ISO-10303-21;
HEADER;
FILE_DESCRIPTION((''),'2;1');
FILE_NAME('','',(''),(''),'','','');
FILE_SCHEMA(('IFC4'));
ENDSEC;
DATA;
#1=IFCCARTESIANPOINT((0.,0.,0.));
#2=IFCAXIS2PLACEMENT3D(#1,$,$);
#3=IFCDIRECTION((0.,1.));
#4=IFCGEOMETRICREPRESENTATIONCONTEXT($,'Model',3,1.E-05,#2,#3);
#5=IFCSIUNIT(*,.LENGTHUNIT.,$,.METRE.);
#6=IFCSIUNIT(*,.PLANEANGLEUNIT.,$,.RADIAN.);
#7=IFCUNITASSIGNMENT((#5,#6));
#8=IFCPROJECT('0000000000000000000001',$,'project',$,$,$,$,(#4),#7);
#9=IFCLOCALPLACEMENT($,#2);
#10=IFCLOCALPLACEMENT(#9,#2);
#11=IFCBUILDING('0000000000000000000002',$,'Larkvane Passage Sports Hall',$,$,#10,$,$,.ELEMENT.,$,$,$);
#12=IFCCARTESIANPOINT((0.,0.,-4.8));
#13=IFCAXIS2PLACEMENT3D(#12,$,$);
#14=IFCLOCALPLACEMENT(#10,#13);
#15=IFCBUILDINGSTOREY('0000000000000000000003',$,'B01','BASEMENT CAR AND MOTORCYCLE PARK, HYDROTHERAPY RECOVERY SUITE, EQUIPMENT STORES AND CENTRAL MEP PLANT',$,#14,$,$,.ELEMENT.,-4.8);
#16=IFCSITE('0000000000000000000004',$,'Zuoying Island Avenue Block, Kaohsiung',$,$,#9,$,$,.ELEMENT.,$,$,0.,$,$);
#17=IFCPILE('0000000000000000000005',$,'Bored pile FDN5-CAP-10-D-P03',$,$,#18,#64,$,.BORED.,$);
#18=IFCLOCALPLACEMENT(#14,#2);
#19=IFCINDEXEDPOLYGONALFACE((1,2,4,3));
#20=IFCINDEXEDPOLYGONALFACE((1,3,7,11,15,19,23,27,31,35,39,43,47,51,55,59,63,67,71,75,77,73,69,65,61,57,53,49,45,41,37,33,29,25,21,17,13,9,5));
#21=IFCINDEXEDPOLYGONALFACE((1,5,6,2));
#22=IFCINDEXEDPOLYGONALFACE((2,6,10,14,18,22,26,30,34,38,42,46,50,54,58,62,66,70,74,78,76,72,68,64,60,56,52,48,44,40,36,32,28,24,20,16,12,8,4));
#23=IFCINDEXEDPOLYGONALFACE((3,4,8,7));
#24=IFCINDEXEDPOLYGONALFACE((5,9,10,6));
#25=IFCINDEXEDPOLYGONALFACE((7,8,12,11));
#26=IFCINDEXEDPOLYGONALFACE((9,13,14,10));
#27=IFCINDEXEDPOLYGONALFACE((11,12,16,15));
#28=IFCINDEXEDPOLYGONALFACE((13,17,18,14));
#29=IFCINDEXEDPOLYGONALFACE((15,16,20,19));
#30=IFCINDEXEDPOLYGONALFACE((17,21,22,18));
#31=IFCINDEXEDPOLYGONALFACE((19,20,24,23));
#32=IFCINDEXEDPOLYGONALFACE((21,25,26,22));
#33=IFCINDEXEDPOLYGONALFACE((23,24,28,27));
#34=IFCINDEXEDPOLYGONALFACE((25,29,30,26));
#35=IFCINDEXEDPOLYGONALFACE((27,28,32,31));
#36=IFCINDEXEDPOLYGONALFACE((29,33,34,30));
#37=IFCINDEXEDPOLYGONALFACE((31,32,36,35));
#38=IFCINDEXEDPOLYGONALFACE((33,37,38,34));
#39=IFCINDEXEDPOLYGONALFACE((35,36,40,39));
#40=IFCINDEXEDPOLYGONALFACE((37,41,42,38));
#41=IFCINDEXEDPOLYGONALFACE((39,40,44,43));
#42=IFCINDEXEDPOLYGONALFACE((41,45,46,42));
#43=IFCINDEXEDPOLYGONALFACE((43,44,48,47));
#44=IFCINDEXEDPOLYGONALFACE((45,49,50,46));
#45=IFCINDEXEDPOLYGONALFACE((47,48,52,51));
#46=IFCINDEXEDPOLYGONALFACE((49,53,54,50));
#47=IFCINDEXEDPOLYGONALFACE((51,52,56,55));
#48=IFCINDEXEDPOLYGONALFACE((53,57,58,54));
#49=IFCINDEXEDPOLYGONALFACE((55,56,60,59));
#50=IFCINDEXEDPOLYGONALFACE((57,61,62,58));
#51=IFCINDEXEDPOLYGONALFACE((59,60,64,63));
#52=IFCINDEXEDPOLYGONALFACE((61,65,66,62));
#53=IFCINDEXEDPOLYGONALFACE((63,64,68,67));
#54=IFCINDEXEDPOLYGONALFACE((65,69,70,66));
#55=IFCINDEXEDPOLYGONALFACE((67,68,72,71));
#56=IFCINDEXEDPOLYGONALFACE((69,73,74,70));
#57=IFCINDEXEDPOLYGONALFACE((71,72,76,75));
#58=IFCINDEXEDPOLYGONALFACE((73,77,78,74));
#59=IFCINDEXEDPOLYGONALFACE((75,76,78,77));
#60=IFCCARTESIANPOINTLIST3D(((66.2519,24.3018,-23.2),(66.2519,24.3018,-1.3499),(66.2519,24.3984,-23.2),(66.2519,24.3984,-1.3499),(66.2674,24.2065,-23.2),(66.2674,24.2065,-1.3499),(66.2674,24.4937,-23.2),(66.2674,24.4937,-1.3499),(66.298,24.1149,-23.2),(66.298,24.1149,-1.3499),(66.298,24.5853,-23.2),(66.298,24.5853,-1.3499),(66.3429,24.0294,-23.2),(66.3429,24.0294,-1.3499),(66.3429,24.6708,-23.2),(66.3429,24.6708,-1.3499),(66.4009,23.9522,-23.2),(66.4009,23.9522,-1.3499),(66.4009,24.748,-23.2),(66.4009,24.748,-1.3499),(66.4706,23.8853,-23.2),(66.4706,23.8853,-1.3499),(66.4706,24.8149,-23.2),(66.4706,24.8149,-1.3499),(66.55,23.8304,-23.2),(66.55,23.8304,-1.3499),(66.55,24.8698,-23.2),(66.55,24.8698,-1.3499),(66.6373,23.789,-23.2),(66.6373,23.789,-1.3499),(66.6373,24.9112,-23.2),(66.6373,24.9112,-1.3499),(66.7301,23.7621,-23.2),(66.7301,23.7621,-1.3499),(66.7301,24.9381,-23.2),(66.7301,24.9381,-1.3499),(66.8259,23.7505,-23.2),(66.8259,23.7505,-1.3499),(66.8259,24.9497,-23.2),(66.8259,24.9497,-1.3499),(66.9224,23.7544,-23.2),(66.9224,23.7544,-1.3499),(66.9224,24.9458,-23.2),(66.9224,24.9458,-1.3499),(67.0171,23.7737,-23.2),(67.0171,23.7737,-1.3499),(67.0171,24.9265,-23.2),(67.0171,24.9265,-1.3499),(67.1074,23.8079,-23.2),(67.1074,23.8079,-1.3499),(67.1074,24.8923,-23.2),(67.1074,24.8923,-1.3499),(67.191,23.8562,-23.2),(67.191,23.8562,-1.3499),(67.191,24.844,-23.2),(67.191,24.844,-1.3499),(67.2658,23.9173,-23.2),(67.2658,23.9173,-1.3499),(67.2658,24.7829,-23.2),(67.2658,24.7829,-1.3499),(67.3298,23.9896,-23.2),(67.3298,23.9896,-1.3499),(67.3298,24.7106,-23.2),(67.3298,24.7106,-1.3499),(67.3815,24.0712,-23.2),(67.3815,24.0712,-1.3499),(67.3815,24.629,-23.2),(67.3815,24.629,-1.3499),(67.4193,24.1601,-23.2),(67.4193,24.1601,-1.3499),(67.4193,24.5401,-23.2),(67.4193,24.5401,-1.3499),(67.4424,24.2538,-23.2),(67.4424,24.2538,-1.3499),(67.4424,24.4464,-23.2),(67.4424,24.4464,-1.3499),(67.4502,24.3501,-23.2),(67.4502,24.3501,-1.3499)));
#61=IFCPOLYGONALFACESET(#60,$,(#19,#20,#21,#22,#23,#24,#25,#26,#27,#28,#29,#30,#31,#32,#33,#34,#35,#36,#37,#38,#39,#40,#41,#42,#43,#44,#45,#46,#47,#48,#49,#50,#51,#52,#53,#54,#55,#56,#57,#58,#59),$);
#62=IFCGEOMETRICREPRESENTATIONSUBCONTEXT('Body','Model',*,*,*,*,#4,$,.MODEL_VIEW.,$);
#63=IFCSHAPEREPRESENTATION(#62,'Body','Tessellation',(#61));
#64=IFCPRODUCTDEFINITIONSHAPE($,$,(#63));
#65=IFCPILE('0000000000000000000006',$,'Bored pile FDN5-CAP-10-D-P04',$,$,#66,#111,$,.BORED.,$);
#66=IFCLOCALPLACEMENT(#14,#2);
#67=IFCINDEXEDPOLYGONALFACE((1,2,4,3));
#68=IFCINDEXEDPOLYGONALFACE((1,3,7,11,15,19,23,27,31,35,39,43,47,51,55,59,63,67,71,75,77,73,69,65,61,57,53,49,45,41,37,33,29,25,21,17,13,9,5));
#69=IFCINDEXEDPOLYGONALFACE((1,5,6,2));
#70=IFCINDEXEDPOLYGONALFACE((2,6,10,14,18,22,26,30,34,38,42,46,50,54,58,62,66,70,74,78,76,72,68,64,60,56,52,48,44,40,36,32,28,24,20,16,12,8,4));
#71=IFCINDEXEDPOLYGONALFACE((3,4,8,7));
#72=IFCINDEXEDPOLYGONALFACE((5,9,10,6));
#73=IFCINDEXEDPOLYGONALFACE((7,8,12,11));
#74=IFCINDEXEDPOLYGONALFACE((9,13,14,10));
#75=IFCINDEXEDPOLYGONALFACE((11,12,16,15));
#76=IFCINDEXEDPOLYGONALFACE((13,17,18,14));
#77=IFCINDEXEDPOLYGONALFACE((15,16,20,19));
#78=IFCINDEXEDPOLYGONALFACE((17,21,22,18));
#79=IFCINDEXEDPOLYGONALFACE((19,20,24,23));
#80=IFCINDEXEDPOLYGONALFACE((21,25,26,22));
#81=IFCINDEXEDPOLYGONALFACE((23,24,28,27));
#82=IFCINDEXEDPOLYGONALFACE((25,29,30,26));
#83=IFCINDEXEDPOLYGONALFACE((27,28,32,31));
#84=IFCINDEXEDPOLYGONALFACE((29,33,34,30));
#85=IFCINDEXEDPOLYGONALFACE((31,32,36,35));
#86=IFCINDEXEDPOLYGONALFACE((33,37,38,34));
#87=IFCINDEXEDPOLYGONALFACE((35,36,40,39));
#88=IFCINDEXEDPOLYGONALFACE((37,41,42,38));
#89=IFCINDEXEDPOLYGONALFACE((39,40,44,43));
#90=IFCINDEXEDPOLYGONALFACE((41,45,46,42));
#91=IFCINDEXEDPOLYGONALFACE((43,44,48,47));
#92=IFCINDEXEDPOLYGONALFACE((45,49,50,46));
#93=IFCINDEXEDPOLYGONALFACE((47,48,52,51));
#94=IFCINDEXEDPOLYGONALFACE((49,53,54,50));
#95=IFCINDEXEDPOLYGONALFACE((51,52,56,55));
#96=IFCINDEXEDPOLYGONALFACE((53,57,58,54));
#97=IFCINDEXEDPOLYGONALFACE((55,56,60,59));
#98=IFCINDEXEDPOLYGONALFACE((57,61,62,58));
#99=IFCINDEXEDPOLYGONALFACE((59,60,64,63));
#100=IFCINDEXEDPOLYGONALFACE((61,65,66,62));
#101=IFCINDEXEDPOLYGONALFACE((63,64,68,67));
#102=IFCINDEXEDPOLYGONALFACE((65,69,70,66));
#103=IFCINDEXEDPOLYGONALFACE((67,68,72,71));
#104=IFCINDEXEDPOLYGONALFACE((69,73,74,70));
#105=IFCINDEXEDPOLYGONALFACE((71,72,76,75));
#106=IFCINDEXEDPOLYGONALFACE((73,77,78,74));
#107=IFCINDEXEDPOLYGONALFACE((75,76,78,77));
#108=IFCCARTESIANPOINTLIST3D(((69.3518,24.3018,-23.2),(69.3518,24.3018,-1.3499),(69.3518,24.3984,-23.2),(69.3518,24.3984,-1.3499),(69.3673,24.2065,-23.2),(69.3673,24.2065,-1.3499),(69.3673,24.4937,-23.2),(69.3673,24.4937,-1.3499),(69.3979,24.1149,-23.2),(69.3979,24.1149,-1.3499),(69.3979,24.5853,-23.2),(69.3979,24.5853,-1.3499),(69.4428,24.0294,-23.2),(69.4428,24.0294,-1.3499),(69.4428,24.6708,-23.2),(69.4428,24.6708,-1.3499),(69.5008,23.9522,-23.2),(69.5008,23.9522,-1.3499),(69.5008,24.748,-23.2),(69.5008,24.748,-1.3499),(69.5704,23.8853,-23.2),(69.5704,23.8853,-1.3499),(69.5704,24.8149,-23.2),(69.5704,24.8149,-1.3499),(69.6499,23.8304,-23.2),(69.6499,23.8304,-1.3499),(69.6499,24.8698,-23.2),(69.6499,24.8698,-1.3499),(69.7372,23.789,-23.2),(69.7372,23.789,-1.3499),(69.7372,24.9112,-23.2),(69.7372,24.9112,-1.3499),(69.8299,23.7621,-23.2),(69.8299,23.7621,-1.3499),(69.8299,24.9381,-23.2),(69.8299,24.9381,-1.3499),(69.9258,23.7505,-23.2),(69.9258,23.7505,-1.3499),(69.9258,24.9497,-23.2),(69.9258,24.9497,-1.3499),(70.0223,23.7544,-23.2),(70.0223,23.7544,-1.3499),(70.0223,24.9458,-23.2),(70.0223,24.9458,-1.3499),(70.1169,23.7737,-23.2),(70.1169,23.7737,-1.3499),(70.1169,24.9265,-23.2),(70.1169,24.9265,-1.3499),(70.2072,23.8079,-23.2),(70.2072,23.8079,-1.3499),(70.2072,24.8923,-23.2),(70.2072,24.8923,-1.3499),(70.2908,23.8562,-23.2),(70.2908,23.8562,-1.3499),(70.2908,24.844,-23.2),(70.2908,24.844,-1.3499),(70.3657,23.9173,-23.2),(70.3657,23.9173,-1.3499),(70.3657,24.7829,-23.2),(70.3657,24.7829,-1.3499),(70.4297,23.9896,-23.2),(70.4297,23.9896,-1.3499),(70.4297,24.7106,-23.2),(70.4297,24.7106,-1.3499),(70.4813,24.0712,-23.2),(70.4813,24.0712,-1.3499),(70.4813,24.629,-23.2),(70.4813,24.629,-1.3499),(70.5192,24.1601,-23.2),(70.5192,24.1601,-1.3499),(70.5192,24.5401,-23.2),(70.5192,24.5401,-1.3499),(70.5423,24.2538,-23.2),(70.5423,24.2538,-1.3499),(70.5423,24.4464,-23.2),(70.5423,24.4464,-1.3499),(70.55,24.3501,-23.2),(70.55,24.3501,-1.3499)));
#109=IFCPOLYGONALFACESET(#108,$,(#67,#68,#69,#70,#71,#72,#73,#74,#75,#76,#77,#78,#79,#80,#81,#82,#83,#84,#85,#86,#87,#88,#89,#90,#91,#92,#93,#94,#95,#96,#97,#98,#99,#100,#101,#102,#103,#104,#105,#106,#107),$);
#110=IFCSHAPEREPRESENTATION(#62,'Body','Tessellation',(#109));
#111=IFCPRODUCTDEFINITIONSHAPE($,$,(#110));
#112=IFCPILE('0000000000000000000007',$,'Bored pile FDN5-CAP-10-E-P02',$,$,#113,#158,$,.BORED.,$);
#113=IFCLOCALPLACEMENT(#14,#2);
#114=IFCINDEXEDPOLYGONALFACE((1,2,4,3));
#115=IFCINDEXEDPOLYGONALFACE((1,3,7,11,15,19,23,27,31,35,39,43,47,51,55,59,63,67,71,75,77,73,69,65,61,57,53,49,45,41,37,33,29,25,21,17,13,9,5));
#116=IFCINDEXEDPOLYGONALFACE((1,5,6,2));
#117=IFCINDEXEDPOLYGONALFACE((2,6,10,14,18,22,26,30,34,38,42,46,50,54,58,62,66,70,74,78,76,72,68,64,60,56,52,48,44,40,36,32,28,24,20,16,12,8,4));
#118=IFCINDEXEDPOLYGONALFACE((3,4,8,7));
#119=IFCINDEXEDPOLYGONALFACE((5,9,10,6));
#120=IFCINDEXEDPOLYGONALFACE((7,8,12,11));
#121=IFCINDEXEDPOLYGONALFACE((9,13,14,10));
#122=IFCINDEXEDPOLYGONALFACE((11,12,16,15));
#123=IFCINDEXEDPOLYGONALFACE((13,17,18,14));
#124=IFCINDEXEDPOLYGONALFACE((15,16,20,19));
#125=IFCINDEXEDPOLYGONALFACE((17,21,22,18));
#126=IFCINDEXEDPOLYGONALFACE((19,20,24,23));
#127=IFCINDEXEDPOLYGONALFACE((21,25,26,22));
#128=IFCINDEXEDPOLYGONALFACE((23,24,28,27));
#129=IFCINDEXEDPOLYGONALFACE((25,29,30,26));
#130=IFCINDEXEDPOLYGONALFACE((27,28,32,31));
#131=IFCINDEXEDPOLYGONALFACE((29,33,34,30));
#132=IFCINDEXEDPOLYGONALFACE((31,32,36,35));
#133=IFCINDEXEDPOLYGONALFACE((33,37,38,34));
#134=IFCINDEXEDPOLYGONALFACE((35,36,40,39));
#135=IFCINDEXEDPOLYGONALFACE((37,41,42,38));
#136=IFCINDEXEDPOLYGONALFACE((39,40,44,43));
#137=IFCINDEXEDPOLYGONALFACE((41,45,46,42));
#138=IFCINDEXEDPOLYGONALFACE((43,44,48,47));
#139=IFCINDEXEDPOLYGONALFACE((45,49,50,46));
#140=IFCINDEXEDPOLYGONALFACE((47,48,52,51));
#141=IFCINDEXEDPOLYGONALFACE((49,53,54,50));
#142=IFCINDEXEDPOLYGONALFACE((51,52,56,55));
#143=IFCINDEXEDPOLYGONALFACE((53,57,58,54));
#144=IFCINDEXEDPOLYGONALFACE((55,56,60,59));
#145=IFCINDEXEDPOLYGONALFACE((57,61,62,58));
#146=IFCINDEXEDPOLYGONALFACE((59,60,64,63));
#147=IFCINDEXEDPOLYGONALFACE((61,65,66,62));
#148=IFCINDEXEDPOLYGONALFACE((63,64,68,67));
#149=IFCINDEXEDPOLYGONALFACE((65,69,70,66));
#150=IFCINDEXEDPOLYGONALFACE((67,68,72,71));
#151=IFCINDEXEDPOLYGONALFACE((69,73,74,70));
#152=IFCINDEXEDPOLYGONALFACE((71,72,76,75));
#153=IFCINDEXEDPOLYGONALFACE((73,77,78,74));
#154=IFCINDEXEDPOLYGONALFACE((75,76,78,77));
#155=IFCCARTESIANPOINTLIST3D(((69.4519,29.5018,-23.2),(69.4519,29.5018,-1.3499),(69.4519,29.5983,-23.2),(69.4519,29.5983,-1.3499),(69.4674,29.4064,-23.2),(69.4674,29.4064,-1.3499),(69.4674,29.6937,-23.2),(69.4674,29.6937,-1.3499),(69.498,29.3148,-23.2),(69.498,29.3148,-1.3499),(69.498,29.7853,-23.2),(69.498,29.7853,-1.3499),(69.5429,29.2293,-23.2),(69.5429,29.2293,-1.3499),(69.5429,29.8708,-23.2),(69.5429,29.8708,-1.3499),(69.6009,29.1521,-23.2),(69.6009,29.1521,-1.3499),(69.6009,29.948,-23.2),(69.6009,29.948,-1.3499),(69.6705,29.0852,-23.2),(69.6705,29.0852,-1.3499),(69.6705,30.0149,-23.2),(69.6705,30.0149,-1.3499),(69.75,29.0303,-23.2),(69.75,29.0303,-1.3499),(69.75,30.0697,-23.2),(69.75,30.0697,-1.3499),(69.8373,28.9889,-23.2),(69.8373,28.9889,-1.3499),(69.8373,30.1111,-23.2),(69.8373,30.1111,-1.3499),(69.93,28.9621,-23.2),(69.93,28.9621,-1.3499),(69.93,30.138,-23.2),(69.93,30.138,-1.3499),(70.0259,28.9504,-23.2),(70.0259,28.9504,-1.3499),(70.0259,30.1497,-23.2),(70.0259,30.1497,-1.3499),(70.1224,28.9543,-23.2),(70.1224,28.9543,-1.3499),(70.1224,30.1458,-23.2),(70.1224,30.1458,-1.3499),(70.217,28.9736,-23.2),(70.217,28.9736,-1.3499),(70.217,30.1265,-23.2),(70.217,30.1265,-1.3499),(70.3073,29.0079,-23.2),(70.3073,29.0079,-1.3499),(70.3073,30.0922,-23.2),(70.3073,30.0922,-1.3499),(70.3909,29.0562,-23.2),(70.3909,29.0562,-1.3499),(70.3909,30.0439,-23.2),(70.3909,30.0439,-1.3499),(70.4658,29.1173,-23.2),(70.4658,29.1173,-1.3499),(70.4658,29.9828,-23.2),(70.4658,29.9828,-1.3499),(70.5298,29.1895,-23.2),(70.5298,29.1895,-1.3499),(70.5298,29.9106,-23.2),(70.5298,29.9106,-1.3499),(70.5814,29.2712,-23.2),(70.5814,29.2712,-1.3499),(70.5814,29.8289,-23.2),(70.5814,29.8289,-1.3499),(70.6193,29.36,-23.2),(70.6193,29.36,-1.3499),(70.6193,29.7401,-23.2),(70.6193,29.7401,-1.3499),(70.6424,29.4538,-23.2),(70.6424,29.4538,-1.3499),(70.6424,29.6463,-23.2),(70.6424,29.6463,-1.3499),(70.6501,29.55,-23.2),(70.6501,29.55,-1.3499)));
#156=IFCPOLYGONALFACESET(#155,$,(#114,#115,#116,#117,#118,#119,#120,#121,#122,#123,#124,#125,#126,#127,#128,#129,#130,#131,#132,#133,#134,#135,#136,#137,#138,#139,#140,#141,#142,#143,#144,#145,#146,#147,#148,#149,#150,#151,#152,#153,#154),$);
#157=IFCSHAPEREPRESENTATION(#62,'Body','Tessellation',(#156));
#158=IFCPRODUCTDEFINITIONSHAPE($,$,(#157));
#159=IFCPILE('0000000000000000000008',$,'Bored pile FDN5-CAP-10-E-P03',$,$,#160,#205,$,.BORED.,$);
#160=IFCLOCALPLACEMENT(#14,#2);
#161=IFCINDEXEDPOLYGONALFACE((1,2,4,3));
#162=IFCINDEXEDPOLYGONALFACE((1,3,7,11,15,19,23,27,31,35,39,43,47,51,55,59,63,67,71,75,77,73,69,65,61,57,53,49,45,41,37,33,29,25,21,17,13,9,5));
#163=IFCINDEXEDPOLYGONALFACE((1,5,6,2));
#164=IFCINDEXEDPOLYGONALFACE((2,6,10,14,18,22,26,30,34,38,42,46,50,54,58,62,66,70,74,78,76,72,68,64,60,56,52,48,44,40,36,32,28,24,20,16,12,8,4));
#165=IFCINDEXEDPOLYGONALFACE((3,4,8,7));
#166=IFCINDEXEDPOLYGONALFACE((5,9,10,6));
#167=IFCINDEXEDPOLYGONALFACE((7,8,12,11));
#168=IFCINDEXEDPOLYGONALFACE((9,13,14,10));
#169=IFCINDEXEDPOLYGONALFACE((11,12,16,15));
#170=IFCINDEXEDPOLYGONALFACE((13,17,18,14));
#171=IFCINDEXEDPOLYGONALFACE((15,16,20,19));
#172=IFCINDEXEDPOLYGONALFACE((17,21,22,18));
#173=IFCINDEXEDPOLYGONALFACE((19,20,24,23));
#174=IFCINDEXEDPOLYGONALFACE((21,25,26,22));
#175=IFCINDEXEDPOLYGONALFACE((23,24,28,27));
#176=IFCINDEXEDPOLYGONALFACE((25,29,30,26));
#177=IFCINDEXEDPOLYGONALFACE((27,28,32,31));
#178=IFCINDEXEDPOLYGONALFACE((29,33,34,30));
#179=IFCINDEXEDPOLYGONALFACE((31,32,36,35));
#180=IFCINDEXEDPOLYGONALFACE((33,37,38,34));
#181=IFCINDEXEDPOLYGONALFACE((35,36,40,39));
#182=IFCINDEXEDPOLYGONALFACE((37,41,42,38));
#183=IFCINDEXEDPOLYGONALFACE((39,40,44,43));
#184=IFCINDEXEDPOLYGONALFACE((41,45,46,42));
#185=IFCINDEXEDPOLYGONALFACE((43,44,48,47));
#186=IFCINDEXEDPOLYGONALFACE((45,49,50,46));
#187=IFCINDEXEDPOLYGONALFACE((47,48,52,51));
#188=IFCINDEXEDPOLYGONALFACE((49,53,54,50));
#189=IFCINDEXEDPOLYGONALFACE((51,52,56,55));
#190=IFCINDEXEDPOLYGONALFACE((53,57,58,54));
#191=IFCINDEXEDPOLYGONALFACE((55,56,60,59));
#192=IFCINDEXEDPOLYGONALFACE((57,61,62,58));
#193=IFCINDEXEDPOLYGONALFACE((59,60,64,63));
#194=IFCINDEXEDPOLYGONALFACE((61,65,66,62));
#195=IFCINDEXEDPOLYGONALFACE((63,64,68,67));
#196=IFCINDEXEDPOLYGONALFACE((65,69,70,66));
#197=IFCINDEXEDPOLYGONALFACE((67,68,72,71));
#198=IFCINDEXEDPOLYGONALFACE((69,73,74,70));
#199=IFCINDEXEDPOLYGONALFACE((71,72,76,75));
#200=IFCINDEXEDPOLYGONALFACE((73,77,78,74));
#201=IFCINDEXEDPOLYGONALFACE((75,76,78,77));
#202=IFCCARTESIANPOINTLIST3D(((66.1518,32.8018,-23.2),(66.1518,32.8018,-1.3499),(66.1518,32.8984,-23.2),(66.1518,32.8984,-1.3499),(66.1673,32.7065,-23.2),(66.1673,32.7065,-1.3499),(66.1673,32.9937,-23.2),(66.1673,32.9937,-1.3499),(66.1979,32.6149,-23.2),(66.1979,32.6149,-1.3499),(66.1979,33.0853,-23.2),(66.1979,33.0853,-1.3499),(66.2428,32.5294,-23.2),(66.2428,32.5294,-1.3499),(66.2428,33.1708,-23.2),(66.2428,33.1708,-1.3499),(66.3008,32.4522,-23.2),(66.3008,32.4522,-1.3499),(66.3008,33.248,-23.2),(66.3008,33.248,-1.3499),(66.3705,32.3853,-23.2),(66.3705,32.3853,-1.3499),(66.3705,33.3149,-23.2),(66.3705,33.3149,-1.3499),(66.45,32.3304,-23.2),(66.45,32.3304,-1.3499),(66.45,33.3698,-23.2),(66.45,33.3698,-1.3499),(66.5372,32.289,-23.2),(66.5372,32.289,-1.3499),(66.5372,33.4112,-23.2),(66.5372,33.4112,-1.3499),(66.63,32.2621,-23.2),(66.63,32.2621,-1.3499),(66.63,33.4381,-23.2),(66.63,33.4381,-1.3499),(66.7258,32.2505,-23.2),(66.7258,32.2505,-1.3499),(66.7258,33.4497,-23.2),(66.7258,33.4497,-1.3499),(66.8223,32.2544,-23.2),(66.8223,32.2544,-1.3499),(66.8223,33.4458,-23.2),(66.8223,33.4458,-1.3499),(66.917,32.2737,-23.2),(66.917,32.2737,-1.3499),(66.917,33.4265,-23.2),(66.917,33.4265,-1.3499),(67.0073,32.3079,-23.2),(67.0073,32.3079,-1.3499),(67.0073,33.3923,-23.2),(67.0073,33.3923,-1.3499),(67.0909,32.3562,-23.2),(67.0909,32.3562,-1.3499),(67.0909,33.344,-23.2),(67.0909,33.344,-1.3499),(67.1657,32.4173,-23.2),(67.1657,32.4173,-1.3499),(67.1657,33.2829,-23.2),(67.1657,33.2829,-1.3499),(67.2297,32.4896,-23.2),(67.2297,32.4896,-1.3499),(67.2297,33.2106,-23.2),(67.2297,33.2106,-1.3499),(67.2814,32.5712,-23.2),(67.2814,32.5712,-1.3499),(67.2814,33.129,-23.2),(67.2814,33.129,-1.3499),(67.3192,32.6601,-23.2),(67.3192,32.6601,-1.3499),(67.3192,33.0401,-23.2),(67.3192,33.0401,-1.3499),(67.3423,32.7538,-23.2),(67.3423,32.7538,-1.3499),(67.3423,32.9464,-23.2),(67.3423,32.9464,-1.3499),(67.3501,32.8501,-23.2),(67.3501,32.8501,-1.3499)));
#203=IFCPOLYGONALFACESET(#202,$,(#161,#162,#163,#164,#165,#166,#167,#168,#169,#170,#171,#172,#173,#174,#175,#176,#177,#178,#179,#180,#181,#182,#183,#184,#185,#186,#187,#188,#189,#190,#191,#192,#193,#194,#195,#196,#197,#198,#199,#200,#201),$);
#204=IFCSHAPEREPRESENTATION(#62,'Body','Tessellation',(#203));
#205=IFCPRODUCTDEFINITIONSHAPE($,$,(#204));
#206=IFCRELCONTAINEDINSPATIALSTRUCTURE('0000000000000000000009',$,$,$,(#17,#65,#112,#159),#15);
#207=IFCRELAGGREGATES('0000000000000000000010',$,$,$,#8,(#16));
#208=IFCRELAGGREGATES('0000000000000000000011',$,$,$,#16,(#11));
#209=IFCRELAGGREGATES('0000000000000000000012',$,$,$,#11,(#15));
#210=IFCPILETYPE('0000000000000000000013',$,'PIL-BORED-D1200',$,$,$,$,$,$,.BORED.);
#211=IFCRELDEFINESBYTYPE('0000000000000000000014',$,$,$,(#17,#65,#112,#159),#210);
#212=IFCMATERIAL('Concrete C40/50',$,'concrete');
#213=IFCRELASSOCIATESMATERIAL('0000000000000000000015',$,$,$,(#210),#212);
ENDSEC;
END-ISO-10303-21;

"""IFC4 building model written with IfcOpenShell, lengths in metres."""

from ifc_helpers import new_model, si_unit, direction, frame, origin, origin_2d, place, context, subcontext, project, spatial, circle, extrude, material, material_profile, profile_set, type_object, element, save


model = new_model("IFC4")

# Units and contexts
model_context = context("Model", 3, precision=1e-05, world=origin(), true_north=direction((0.0, 1.0)))
body_context = subcontext(model_context, "Body", "Model", "MODEL_VIEW")
ifc_project = project(units=[si_unit("LENGTHUNIT", "METRE"), si_unit("PLANEANGLEUNIT", "RADIAN")], contexts=[model_context])

# Site, building, storey
site_placement = place(None, origin())
site = spatial("IfcSite", under=ifc_project, at=site_placement, Name="Zuoying Island Avenue Block, Kaohsiung", CompositionType="ELEMENT", RefElevation=0.0)
building_placement = place(site_placement, origin())
building = spatial("IfcBuilding", under=site, at=building_placement, Name="Larkvane Passage Sports Hall", CompositionType="ELEMENT")
storey_placement = place(building_placement, frame((0.0, 0.0, -4.8)))
storey = spatial("IfcBuildingStorey", under=building, at=storey_placement, Name="B01", Description="BASEMENT CAR AND MOTORCYCLE PARK, HYDROTHERAPY RECOVERY SUITE, EQUIPMENT STORES AND CENTRAL MEP PLANT", CompositionType="ELEMENT", Elevation=-4.8)

# Shared definitions
ifc_material_1 = material(Name="Concrete C40/50", Category="concrete")

# Piles
ifc_material_profile_1 = material_profile(ifc_material_1, circle(Radius=0.6001, at=origin_2d()), Name="PILE-D1200")
ifc_profile_set_1 = profile_set([ifc_material_profile_1], Name="Concrete C40/50")
pile_type_1 = type_object("IfcPileType", Name="PIL-BORED-D1200", PredefinedType="BORED", material=ifc_profile_set_1)
for number, where, z_axis, x_axis, name in (
    (1, (66.8501, 24.3501, -1.3499), (0.0, 0.0, -1.0), (1.0, 0.0, 0.0), "Bored pile FDN5-CAP-10-D-P03"),
    (2, (69.95, 24.3501, -1.3499), (0.0, 0.0, -1.0), (1.0, 0.0, 0.0), "Bored pile FDN5-CAP-10-D-P04"),
    (3, (70.05, 29.55, -1.3499), (0.0, 0.0, -1.0), (1.0, 0.0, 0.0), "Bored pile FDN5-CAP-10-E-P02"),
    (4, (66.75, 32.8501, -1.3499), (0.0, 0.0, -1.0), (1.0, 0.0, 0.0), "Bored pile FDN5-CAP-10-E-P03"),
):
    element("IfcPile", number, at=place(storey_placement, frame(where, z_axis=z_axis, x_axis=x_axis)), inside=storey, type_object=pile_type_1, Name=name, PredefinedType="BORED", context=body_context, shape_type="SweptSolid", body=[
        extrude(circle(Radius=0.6001, at=origin_2d()), origin(), (0.0, 0.0, 1.0), 21.8501),
    ])

save(model, "model.ifc")
